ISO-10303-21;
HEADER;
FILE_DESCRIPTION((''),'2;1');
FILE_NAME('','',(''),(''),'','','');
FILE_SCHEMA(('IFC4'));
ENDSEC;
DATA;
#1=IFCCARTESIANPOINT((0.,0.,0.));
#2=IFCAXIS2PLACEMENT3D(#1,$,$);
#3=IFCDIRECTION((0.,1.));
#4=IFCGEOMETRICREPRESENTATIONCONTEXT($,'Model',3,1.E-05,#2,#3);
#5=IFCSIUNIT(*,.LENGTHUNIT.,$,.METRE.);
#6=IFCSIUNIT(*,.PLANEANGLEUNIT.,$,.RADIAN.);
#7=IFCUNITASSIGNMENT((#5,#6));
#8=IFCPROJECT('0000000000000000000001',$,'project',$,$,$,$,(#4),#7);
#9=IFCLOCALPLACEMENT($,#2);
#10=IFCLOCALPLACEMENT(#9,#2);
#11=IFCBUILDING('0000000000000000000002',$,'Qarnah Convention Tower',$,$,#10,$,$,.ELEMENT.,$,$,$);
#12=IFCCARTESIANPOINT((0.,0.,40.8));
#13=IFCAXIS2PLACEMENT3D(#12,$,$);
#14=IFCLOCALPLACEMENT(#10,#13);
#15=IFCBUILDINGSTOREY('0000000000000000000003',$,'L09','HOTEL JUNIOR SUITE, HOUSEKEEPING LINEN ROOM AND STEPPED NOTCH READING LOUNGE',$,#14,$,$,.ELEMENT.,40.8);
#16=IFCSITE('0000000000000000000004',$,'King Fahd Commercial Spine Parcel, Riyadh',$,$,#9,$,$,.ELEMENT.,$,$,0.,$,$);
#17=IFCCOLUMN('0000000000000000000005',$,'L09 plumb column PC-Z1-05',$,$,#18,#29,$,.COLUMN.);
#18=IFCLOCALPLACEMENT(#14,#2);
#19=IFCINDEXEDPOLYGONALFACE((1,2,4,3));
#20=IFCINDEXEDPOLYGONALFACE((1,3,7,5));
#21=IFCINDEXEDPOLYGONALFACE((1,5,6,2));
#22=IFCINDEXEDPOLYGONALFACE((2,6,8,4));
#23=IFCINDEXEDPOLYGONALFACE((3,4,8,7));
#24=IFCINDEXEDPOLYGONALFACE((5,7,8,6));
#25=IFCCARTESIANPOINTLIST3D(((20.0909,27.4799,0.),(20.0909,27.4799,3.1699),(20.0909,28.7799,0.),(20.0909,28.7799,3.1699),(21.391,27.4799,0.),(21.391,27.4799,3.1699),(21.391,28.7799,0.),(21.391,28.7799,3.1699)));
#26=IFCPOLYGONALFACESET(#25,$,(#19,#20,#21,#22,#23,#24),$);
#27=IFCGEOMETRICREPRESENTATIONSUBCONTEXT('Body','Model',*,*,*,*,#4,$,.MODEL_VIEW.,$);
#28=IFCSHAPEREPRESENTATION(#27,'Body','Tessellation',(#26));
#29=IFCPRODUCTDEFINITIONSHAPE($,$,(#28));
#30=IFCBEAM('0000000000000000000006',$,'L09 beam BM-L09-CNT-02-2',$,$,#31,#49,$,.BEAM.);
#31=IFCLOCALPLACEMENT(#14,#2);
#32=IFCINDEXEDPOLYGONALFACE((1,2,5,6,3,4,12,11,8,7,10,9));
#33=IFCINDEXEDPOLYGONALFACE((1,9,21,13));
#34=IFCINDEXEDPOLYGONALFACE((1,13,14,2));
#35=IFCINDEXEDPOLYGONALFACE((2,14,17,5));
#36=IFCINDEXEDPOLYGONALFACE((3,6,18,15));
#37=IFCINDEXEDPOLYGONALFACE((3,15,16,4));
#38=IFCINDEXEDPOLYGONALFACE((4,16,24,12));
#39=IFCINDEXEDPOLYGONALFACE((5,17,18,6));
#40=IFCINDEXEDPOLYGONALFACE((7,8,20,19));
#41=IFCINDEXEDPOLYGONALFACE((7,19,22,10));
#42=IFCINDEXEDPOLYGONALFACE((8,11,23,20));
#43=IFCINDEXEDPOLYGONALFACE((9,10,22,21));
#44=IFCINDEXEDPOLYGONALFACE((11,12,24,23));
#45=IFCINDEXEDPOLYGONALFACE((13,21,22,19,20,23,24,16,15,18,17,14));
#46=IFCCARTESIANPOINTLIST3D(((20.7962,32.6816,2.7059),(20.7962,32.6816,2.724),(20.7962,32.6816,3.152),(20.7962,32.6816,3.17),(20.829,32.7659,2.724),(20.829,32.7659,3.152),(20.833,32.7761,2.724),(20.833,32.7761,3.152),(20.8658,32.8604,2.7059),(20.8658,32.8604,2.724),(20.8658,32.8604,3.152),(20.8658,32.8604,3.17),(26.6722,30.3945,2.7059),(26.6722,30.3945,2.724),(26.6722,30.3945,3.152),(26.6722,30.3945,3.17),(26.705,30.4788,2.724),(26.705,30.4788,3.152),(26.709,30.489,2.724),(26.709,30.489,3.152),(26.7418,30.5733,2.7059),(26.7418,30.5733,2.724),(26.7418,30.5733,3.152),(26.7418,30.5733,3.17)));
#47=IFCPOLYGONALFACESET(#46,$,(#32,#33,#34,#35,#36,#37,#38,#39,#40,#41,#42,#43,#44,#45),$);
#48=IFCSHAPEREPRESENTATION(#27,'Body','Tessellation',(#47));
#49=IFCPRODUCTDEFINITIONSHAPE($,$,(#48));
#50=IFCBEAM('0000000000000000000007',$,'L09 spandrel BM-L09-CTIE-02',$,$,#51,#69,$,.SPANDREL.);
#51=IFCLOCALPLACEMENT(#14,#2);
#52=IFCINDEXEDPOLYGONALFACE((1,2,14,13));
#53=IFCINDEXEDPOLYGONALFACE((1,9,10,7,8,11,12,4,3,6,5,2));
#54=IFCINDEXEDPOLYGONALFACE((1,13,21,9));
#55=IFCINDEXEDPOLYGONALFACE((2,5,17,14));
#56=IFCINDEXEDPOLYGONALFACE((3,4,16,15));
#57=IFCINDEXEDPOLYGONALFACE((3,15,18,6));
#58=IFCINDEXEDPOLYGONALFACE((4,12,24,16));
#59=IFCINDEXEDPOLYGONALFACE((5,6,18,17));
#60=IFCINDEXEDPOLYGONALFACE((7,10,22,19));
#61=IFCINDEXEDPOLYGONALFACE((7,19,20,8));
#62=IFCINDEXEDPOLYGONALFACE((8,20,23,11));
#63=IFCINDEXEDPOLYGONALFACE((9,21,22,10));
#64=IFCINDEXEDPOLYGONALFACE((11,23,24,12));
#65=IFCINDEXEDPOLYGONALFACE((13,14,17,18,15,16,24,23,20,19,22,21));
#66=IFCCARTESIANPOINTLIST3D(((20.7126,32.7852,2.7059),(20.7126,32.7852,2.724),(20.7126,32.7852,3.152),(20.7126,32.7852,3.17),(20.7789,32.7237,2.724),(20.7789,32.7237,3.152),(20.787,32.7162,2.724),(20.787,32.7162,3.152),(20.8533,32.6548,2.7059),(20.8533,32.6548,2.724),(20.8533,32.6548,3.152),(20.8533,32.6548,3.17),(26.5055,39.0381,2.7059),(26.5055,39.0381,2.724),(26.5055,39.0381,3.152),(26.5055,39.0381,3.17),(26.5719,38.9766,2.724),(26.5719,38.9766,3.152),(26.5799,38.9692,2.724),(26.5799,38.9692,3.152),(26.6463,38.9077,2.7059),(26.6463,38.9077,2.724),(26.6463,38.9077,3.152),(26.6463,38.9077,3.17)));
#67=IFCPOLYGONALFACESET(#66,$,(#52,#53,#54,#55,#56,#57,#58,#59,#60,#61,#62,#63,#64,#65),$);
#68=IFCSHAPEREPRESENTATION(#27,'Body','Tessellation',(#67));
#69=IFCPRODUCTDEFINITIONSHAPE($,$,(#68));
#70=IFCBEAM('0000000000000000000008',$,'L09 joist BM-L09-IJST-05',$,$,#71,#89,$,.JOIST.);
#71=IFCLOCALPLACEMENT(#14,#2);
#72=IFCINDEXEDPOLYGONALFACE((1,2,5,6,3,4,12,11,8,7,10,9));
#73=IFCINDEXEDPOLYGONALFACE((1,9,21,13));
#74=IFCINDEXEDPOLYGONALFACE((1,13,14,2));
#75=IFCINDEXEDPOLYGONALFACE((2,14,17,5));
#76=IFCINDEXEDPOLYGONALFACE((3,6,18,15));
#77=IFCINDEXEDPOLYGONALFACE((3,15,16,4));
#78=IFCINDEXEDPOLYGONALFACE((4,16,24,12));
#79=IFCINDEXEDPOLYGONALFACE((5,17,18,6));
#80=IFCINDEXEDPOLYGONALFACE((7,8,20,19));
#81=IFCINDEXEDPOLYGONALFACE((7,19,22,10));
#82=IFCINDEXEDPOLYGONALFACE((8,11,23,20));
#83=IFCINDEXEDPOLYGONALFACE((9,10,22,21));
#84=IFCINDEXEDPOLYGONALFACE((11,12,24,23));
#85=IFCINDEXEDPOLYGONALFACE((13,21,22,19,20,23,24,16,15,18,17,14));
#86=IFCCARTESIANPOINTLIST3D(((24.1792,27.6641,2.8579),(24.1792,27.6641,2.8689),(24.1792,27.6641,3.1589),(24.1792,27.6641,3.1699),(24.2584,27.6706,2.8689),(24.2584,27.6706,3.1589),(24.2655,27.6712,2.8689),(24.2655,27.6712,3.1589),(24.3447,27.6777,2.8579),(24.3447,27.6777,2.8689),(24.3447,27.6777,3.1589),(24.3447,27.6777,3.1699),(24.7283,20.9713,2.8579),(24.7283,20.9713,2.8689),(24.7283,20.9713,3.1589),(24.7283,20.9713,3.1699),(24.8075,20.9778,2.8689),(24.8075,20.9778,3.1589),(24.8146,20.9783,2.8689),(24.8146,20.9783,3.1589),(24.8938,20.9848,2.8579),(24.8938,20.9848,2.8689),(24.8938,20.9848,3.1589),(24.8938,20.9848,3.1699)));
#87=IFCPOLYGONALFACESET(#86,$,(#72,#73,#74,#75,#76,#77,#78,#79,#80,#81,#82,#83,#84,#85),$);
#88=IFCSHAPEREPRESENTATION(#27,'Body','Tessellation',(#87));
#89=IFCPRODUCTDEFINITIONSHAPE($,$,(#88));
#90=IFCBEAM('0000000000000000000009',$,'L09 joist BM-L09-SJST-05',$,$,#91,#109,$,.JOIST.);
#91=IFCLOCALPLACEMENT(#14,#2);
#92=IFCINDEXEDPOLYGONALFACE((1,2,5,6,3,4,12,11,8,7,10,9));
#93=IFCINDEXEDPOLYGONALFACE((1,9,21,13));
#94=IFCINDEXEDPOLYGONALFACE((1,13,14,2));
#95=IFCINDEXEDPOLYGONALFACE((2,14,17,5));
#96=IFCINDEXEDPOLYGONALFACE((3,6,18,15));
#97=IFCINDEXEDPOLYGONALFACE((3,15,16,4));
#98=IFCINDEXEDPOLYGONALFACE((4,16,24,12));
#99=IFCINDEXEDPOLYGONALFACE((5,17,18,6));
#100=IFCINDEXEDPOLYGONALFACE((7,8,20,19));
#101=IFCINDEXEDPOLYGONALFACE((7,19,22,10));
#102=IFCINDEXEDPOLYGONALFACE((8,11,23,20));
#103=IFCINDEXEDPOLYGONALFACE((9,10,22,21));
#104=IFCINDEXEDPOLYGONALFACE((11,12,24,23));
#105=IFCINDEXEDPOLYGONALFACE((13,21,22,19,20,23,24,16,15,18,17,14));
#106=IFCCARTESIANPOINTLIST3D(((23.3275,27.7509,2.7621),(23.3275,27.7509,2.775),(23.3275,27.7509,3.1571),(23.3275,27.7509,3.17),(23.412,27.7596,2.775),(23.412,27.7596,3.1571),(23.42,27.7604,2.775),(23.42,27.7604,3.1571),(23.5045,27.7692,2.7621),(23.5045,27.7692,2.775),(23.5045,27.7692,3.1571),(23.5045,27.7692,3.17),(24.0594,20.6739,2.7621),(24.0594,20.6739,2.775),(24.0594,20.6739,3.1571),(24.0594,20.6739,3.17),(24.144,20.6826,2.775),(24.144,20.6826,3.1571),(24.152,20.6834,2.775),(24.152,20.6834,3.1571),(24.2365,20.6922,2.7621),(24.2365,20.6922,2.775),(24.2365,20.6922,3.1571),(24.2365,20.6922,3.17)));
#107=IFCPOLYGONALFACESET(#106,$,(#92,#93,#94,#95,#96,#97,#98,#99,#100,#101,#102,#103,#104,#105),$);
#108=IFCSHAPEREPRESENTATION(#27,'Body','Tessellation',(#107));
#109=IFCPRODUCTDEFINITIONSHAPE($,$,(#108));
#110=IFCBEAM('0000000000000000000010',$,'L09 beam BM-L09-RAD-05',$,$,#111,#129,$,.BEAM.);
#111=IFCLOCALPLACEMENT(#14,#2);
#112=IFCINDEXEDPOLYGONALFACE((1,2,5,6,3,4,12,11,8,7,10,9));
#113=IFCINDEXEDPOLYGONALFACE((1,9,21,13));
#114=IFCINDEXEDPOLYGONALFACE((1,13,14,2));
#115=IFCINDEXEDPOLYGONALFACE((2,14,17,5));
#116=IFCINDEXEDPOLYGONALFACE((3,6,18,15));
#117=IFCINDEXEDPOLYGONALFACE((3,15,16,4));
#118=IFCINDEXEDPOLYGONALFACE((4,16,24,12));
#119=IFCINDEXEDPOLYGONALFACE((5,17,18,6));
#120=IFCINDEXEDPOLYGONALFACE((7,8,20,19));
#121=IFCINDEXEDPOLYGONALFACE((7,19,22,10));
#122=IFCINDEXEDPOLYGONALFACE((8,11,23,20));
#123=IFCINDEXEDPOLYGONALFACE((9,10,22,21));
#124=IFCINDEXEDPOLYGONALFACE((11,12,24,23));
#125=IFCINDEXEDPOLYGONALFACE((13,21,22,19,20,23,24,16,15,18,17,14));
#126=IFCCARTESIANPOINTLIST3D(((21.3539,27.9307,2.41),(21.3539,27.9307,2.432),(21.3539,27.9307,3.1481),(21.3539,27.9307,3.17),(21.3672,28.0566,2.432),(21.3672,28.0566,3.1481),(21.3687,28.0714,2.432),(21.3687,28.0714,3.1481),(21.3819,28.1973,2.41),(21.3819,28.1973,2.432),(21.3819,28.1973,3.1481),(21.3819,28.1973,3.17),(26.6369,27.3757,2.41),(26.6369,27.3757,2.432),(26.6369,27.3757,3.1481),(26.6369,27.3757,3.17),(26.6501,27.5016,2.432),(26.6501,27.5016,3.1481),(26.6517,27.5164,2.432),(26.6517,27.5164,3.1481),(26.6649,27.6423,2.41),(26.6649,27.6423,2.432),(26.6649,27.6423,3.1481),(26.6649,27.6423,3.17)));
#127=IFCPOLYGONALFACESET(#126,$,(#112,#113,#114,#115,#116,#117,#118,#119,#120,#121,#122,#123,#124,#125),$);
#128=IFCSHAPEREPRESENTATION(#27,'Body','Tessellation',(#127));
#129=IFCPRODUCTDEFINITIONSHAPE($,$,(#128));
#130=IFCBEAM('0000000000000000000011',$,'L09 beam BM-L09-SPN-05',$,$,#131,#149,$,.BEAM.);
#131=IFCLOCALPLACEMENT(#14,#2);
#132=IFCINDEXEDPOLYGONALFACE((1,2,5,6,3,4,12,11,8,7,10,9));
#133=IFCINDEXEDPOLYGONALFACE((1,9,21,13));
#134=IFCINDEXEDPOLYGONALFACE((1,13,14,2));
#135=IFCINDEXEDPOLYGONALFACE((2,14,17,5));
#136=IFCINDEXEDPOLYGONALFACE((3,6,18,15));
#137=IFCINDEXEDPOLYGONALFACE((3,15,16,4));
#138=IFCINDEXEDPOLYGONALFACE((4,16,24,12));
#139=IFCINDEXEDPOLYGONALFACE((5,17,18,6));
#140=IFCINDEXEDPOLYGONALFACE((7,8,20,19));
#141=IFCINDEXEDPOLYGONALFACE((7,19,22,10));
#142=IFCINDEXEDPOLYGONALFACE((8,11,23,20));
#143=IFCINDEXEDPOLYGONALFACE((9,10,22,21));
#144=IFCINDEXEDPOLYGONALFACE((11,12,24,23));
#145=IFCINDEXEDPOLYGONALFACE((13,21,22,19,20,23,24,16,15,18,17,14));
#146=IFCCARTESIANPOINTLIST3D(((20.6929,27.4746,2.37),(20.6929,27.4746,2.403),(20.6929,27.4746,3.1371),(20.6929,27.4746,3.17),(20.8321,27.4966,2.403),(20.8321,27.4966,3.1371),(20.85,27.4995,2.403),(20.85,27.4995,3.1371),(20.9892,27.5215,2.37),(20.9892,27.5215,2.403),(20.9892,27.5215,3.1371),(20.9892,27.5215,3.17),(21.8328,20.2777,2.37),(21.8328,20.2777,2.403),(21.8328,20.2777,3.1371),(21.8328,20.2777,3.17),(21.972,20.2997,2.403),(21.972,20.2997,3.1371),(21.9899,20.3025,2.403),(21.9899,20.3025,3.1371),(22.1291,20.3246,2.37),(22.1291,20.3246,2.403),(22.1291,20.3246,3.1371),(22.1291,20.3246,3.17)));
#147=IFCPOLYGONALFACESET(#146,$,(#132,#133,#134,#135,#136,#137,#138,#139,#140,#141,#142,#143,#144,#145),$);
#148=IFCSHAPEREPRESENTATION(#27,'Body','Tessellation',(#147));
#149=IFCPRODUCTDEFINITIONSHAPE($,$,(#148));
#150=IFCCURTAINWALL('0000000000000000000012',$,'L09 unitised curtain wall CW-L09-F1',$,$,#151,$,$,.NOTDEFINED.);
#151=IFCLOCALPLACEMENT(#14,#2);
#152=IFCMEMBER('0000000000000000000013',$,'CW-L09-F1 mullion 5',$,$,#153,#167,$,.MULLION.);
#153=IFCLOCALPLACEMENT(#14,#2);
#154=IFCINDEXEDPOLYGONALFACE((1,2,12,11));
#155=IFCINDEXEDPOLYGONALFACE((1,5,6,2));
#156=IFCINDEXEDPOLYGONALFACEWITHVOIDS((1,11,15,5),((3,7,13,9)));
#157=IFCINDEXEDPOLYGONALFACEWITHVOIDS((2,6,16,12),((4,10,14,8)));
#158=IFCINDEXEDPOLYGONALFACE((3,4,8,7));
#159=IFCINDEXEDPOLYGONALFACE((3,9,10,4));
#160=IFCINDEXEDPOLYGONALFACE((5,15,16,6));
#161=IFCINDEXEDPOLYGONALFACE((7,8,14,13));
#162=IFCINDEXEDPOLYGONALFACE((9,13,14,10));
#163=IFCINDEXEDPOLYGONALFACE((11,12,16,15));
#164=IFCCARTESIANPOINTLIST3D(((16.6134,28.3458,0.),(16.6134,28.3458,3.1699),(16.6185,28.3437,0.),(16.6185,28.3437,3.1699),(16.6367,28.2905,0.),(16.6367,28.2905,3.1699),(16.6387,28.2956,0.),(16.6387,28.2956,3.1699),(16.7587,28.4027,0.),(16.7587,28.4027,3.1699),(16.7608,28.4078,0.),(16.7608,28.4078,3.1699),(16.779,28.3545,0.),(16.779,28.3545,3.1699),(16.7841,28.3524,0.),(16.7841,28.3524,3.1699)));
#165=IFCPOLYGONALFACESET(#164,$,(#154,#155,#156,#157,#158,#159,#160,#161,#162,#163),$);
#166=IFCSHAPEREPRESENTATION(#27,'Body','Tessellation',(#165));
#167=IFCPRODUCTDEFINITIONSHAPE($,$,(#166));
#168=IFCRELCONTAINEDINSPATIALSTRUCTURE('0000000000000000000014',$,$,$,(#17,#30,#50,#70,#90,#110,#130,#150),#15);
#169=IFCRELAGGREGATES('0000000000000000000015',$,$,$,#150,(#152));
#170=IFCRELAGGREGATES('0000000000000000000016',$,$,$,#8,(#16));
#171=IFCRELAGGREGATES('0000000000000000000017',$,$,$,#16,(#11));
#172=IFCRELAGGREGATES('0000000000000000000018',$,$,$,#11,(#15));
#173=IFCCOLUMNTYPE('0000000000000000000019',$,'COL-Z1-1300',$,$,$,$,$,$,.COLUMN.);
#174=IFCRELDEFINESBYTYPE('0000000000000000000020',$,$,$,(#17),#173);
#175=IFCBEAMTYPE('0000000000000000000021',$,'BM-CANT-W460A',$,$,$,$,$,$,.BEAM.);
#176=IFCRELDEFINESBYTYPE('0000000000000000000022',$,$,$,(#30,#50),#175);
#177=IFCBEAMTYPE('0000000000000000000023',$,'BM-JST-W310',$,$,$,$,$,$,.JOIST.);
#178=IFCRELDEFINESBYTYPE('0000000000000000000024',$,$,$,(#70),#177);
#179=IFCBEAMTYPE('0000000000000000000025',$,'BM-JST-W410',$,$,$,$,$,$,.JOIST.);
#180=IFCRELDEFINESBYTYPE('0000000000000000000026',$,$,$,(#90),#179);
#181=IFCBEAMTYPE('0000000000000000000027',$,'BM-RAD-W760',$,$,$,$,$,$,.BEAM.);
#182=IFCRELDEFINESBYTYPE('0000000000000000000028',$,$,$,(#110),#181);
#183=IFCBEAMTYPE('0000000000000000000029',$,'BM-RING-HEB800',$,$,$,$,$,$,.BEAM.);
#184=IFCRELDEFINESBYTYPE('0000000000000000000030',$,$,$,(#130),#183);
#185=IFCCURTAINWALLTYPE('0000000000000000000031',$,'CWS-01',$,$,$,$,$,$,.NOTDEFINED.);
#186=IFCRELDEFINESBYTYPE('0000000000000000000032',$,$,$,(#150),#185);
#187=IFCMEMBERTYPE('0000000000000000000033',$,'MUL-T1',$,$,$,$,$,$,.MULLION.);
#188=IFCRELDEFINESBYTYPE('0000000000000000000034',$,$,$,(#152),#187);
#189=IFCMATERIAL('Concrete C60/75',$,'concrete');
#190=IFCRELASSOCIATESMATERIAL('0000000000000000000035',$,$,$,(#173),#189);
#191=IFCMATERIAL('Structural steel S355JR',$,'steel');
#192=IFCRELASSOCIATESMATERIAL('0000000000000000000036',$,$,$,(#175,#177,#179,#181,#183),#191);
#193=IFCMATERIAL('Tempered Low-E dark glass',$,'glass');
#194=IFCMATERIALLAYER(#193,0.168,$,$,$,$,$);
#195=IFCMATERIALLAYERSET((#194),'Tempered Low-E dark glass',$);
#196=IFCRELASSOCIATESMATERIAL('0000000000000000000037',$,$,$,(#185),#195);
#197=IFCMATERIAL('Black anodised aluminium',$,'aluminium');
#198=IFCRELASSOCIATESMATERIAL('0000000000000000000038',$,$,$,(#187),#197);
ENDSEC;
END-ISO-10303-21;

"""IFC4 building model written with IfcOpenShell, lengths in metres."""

from ifc_helpers import new_model, si_unit, direction, frame, origin, origin_2d, place, context, subcontext, project, spatial, rectangle, hollow_rectangle, i_section, extrude, material, layer, layer_set, material_profile, profile_set, type_object, element, aggregate, save


model = new_model("IFC4")

# Units and contexts
model_context = context("Model", 3, precision=1e-05, world=origin(), true_north=direction((0.0, 1.0)))
body_context = subcontext(model_context, "Body", "Model", "MODEL_VIEW")
ifc_project = project(units=[si_unit("LENGTHUNIT", "METRE"), si_unit("PLANEANGLEUNIT", "RADIAN")], contexts=[model_context])

# Site, building, storey
site_placement = place(None, origin())
site = spatial("IfcSite", under=ifc_project, at=site_placement, Name="King Fahd Commercial Spine Parcel, Riyadh", CompositionType="ELEMENT", RefElevation=0.0)
building_placement = place(site_placement, origin())
building = spatial("IfcBuilding", under=site, at=building_placement, Name="Qarnah Convention Tower", CompositionType="ELEMENT")
storey_placement = place(building_placement, frame((0.0, 0.0, 40.8)))
storey = spatial("IfcBuildingStorey", under=building, at=storey_placement, Name="L09", Description="HOTEL JUNIOR SUITE, HOUSEKEEPING LINEN ROOM AND STEPPED NOTCH READING LOUNGE", CompositionType="ELEMENT", Elevation=40.8)

# Column
ifc_material_1 = material(Name="Concrete C60/75", Category="concrete")
ifc_material_profile_1 = material_profile(ifc_material_1, rectangle(XDim=1.3, YDim=1.3, at=origin_2d()), Name="RC-COL-1300X1300")
ifc_profile_set_1 = profile_set([ifc_material_profile_1], Name="Concrete C60/75")
column_type = type_object("IfcColumnType", Name="COL-Z1-1300", PredefinedType="COLUMN", material=ifc_profile_set_1)
column_placement = place(storey_placement, frame((20.741, 28.1299, 0.0), z_axis=(0.0, 0.0, 1.0), x_axis=(1.0, 0.0, 0.0)))
element("IfcColumn", 1, at=column_placement, inside=storey, type_object=column_type, Name="L09 plumb column PC-Z1-05", PredefinedType="COLUMN", context=body_context, shape_type="SweptSolid", body=[
    extrude(rectangle(XDim=1.3, YDim=1.3, at=origin_2d()), origin(), (0.0, 0.0, 1.0), 3.1699),
])

# Beams
ifc_material_2 = material(Name="Structural steel S355JR", Category="steel")
ifc_material_profile_2 = material_profile(ifc_material_2, i_section(OverallWidth=0.1919, OverallDepth=0.4641, WebThickness=0.011, FlangeThickness=0.0181, at=origin_2d()), Name="W460X89")
ifc_profile_set_2 = profile_set([ifc_material_profile_2], Name="Structural steel S355JR")
beam_type_1 = type_object("IfcBeamType", Name="BM-CANT-W460A", PredefinedType="BEAM", material=ifc_profile_set_2)
beam_1_placement = place(storey_placement, frame((26.707, 30.4839, 2.938), z_axis=(-0.931897, 0.362723, 0.0), x_axis=(-0.362723, -0.931897, 0.0)))
element("IfcBeam", 2, at=beam_1_placement, inside=storey, type_object=beam_type_1, Name="L09 beam BM-L09-CNT-02-2", PredefinedType="BEAM", context=body_context, shape_type="SweptSolid", body=[
    extrude(i_section(OverallWidth=0.1919, OverallDepth=0.4641, WebThickness=0.011, FlangeThickness=0.0181, at=origin_2d()), origin(), (0.0, 0.0, 1.0), 6.3054),
])
beam_2_placement = place(storey_placement, frame((20.783, 32.72, 2.938), z_axis=(0.679611, 0.733572, 0.0), x_axis=(-0.733572, 0.679611, 0.0)))
element("IfcBeam", 3, at=beam_2_placement, inside=storey, type_object=beam_type_1, Name="L09 spandrel BM-L09-CTIE-02", PredefinedType="SPANDREL", context=body_context, shape_type="SweptSolid", body=[
    extrude(i_section(OverallWidth=0.1919, OverallDepth=0.4641, WebThickness=0.011, FlangeThickness=0.0181, at=origin_2d()), origin(), (0.0, 0.0, 1.0), 8.5239),
])
ifc_material_profile_3 = material_profile(ifc_material_2, i_section(OverallWidth=0.166, OverallDepth=0.312, WebThickness=0.0071, FlangeThickness=0.011, at=origin_2d()), Name="W310X45")
ifc_profile_set_3 = profile_set([ifc_material_profile_3], Name="Structural steel S355JR")
beam_type_2 = type_object("IfcBeamType", Name="BM-JST-W310", PredefinedType="JOIST", material=ifc_profile_set_3)
beam_3_placement = place(storey_placement, frame((24.262, 27.6709, 3.0139), z_axis=(0.081764, -0.996652, 0.0), x_axis=(0.996652, 0.081764, 0.0)))
element("IfcBeam", 4, at=beam_3_placement, inside=storey, type_object=beam_type_2, Name="L09 joist BM-L09-IJST-05", PredefinedType="JOIST", context=body_context, shape_type="SweptSolid", body=[
    extrude(i_section(OverallWidth=0.166, OverallDepth=0.312, WebThickness=0.0071, FlangeThickness=0.011, at=origin_2d()), origin(), (0.0, 0.0, 1.0), 6.7153),
])
ifc_material_profile_4 = material_profile(ifc_material_2, i_section(OverallWidth=0.178, OverallDepth=0.408, WebThickness=0.0081, FlangeThickness=0.0129, at=origin_2d()), Name="W410X60")
ifc_profile_set_4 = profile_set([ifc_material_profile_4], Name="Structural steel S355JR")
beam_type_3 = type_object("IfcBeamType", Name="BM-JST-W410", PredefinedType="JOIST", material=ifc_profile_set_4)
beam_4_placement = place(storey_placement, frame((23.416, 27.76, 2.9661), z_axis=(0.102877, -0.994694, 0.0), x_axis=(0.994694, 0.102877, 0.0)))
element("IfcBeam", 5, at=beam_4_placement, inside=storey, type_object=beam_type_3, Name="L09 joist BM-L09-SJST-05", PredefinedType="JOIST", context=body_context, shape_type="SweptSolid", body=[
    extrude(i_section(OverallWidth=0.178, OverallDepth=0.408, WebThickness=0.0081, FlangeThickness=0.0129, at=origin_2d()), origin(), (0.0, 0.0, 1.0), 7.1147),
])
ifc_material_profile_5 = material_profile(ifc_material_2, i_section(OverallWidth=0.2681, OverallDepth=0.76, WebThickness=0.0149, FlangeThickness=0.022, at=origin_2d()), Name="W760X185")
ifc_profile_set_5 = profile_set([ifc_material_profile_5], Name="Structural steel S355JR")
beam_type_4 = type_object("IfcBeamType", Name="BM-RAD-W760", PredefinedType="BEAM", material=ifc_profile_set_5)
beam_5_placement = place(storey_placement, frame((26.6509, 27.509, 2.79), z_axis=(-0.994528, 0.104467, 0.0), x_axis=(-0.104467, -0.994528, 0.0)))
element("IfcBeam", 6, at=beam_5_placement, inside=storey, type_object=beam_type_4, Name="L09 beam BM-L09-RAD-05", PredefinedType="BEAM", context=body_context, shape_type="SweptSolid", body=[
    extrude(i_section(OverallWidth=0.2681, OverallDepth=0.76, WebThickness=0.0149, FlangeThickness=0.022, at=origin_2d()), origin(), (0.0, 0.0, 1.0), 5.312),
])
ifc_material_profile_6 = material_profile(ifc_material_2, i_section(OverallWidth=0.3, OverallDepth=0.8, WebThickness=0.0181, FlangeThickness=0.033, at=origin_2d()), Name="HEB800")
ifc_profile_set_6 = profile_set([ifc_material_profile_6], Name="Structural steel S355JR")
beam_type_5 = type_object("IfcBeamType", Name="BM-RING-HEB800", PredefinedType="BEAM", material=ifc_profile_set_6)
beam_6_placement = place(storey_placement, frame((20.8411, 27.498, 2.77), z_axis=(0.156434, -0.987688, 0.0), x_axis=(0.987688, 0.156434, 0.0)))
element("IfcBeam", 7, at=beam_6_placement, inside=storey, type_object=beam_type_5, Name="L09 beam BM-L09-SPN-05", PredefinedType="BEAM", context=body_context, shape_type="SweptSolid", body=[
    extrude(i_section(OverallWidth=0.3, OverallDepth=0.8, WebThickness=0.0181, FlangeThickness=0.033, at=origin_2d()), origin(), (0.0, 0.0, 1.0), 7.2866),
])

# Curtain wall, member
ifc_material_3 = material(Name="Tempered Low-E dark glass", Category="glass")
ifc_layer_1 = layer(ifc_material_3, 0.168)
ifc_layer_set_1 = layer_set([ifc_layer_1], Name="Tempered Low-E dark glass")
curtain_wall_type = type_object("IfcCurtainWallType", Name="CWS-01", PredefinedType="NOTDEFINED", material=ifc_layer_set_1)
curtain_wall_placement = place(storey_placement, origin())
curtain_wall = element("IfcCurtainWall", 8, at=curtain_wall_placement, inside=storey, type_object=curtain_wall_type, Name="L09 unitised curtain wall CW-L09-F1", PredefinedType="NOTDEFINED")
ifc_material_4 = material(Name="Black anodised aluminium", Category="aluminium")
ifc_material_profile_7 = material_profile(ifc_material_4, hollow_rectangle(XDim=0.0601, YDim=0.1599, WallThickness=0.0039, at=origin_2d()), Name="MUL-60X160")
ifc_profile_set_7 = profile_set([ifc_material_profile_7], Name="Black anodised aluminium")
member_type = type_object("IfcMemberType", Name="MUL-T1", PredefinedType="MULLION", material=ifc_profile_set_7)
member_1_placement = place(storey_placement, frame((16.6987, 28.3491, 0.0), z_axis=(0.0, 0.0, 1.0), x_axis=(-0.387513, 0.921864, 0.0)))
member_1 = element("IfcMember", 9, at=member_1_placement, type_object=member_type, Name="CW-L09-F1 mullion 5", PredefinedType="MULLION", context=body_context, shape_type="SweptSolid", body=[
    extrude(hollow_rectangle(XDim=0.0601, YDim=0.1599, WallThickness=0.0039, at=origin_2d()), origin(), (0.0, 0.0, 1.0), 3.1699),
])
aggregate(curtain_wall, [member_1])

save(model, "model.ifc")
